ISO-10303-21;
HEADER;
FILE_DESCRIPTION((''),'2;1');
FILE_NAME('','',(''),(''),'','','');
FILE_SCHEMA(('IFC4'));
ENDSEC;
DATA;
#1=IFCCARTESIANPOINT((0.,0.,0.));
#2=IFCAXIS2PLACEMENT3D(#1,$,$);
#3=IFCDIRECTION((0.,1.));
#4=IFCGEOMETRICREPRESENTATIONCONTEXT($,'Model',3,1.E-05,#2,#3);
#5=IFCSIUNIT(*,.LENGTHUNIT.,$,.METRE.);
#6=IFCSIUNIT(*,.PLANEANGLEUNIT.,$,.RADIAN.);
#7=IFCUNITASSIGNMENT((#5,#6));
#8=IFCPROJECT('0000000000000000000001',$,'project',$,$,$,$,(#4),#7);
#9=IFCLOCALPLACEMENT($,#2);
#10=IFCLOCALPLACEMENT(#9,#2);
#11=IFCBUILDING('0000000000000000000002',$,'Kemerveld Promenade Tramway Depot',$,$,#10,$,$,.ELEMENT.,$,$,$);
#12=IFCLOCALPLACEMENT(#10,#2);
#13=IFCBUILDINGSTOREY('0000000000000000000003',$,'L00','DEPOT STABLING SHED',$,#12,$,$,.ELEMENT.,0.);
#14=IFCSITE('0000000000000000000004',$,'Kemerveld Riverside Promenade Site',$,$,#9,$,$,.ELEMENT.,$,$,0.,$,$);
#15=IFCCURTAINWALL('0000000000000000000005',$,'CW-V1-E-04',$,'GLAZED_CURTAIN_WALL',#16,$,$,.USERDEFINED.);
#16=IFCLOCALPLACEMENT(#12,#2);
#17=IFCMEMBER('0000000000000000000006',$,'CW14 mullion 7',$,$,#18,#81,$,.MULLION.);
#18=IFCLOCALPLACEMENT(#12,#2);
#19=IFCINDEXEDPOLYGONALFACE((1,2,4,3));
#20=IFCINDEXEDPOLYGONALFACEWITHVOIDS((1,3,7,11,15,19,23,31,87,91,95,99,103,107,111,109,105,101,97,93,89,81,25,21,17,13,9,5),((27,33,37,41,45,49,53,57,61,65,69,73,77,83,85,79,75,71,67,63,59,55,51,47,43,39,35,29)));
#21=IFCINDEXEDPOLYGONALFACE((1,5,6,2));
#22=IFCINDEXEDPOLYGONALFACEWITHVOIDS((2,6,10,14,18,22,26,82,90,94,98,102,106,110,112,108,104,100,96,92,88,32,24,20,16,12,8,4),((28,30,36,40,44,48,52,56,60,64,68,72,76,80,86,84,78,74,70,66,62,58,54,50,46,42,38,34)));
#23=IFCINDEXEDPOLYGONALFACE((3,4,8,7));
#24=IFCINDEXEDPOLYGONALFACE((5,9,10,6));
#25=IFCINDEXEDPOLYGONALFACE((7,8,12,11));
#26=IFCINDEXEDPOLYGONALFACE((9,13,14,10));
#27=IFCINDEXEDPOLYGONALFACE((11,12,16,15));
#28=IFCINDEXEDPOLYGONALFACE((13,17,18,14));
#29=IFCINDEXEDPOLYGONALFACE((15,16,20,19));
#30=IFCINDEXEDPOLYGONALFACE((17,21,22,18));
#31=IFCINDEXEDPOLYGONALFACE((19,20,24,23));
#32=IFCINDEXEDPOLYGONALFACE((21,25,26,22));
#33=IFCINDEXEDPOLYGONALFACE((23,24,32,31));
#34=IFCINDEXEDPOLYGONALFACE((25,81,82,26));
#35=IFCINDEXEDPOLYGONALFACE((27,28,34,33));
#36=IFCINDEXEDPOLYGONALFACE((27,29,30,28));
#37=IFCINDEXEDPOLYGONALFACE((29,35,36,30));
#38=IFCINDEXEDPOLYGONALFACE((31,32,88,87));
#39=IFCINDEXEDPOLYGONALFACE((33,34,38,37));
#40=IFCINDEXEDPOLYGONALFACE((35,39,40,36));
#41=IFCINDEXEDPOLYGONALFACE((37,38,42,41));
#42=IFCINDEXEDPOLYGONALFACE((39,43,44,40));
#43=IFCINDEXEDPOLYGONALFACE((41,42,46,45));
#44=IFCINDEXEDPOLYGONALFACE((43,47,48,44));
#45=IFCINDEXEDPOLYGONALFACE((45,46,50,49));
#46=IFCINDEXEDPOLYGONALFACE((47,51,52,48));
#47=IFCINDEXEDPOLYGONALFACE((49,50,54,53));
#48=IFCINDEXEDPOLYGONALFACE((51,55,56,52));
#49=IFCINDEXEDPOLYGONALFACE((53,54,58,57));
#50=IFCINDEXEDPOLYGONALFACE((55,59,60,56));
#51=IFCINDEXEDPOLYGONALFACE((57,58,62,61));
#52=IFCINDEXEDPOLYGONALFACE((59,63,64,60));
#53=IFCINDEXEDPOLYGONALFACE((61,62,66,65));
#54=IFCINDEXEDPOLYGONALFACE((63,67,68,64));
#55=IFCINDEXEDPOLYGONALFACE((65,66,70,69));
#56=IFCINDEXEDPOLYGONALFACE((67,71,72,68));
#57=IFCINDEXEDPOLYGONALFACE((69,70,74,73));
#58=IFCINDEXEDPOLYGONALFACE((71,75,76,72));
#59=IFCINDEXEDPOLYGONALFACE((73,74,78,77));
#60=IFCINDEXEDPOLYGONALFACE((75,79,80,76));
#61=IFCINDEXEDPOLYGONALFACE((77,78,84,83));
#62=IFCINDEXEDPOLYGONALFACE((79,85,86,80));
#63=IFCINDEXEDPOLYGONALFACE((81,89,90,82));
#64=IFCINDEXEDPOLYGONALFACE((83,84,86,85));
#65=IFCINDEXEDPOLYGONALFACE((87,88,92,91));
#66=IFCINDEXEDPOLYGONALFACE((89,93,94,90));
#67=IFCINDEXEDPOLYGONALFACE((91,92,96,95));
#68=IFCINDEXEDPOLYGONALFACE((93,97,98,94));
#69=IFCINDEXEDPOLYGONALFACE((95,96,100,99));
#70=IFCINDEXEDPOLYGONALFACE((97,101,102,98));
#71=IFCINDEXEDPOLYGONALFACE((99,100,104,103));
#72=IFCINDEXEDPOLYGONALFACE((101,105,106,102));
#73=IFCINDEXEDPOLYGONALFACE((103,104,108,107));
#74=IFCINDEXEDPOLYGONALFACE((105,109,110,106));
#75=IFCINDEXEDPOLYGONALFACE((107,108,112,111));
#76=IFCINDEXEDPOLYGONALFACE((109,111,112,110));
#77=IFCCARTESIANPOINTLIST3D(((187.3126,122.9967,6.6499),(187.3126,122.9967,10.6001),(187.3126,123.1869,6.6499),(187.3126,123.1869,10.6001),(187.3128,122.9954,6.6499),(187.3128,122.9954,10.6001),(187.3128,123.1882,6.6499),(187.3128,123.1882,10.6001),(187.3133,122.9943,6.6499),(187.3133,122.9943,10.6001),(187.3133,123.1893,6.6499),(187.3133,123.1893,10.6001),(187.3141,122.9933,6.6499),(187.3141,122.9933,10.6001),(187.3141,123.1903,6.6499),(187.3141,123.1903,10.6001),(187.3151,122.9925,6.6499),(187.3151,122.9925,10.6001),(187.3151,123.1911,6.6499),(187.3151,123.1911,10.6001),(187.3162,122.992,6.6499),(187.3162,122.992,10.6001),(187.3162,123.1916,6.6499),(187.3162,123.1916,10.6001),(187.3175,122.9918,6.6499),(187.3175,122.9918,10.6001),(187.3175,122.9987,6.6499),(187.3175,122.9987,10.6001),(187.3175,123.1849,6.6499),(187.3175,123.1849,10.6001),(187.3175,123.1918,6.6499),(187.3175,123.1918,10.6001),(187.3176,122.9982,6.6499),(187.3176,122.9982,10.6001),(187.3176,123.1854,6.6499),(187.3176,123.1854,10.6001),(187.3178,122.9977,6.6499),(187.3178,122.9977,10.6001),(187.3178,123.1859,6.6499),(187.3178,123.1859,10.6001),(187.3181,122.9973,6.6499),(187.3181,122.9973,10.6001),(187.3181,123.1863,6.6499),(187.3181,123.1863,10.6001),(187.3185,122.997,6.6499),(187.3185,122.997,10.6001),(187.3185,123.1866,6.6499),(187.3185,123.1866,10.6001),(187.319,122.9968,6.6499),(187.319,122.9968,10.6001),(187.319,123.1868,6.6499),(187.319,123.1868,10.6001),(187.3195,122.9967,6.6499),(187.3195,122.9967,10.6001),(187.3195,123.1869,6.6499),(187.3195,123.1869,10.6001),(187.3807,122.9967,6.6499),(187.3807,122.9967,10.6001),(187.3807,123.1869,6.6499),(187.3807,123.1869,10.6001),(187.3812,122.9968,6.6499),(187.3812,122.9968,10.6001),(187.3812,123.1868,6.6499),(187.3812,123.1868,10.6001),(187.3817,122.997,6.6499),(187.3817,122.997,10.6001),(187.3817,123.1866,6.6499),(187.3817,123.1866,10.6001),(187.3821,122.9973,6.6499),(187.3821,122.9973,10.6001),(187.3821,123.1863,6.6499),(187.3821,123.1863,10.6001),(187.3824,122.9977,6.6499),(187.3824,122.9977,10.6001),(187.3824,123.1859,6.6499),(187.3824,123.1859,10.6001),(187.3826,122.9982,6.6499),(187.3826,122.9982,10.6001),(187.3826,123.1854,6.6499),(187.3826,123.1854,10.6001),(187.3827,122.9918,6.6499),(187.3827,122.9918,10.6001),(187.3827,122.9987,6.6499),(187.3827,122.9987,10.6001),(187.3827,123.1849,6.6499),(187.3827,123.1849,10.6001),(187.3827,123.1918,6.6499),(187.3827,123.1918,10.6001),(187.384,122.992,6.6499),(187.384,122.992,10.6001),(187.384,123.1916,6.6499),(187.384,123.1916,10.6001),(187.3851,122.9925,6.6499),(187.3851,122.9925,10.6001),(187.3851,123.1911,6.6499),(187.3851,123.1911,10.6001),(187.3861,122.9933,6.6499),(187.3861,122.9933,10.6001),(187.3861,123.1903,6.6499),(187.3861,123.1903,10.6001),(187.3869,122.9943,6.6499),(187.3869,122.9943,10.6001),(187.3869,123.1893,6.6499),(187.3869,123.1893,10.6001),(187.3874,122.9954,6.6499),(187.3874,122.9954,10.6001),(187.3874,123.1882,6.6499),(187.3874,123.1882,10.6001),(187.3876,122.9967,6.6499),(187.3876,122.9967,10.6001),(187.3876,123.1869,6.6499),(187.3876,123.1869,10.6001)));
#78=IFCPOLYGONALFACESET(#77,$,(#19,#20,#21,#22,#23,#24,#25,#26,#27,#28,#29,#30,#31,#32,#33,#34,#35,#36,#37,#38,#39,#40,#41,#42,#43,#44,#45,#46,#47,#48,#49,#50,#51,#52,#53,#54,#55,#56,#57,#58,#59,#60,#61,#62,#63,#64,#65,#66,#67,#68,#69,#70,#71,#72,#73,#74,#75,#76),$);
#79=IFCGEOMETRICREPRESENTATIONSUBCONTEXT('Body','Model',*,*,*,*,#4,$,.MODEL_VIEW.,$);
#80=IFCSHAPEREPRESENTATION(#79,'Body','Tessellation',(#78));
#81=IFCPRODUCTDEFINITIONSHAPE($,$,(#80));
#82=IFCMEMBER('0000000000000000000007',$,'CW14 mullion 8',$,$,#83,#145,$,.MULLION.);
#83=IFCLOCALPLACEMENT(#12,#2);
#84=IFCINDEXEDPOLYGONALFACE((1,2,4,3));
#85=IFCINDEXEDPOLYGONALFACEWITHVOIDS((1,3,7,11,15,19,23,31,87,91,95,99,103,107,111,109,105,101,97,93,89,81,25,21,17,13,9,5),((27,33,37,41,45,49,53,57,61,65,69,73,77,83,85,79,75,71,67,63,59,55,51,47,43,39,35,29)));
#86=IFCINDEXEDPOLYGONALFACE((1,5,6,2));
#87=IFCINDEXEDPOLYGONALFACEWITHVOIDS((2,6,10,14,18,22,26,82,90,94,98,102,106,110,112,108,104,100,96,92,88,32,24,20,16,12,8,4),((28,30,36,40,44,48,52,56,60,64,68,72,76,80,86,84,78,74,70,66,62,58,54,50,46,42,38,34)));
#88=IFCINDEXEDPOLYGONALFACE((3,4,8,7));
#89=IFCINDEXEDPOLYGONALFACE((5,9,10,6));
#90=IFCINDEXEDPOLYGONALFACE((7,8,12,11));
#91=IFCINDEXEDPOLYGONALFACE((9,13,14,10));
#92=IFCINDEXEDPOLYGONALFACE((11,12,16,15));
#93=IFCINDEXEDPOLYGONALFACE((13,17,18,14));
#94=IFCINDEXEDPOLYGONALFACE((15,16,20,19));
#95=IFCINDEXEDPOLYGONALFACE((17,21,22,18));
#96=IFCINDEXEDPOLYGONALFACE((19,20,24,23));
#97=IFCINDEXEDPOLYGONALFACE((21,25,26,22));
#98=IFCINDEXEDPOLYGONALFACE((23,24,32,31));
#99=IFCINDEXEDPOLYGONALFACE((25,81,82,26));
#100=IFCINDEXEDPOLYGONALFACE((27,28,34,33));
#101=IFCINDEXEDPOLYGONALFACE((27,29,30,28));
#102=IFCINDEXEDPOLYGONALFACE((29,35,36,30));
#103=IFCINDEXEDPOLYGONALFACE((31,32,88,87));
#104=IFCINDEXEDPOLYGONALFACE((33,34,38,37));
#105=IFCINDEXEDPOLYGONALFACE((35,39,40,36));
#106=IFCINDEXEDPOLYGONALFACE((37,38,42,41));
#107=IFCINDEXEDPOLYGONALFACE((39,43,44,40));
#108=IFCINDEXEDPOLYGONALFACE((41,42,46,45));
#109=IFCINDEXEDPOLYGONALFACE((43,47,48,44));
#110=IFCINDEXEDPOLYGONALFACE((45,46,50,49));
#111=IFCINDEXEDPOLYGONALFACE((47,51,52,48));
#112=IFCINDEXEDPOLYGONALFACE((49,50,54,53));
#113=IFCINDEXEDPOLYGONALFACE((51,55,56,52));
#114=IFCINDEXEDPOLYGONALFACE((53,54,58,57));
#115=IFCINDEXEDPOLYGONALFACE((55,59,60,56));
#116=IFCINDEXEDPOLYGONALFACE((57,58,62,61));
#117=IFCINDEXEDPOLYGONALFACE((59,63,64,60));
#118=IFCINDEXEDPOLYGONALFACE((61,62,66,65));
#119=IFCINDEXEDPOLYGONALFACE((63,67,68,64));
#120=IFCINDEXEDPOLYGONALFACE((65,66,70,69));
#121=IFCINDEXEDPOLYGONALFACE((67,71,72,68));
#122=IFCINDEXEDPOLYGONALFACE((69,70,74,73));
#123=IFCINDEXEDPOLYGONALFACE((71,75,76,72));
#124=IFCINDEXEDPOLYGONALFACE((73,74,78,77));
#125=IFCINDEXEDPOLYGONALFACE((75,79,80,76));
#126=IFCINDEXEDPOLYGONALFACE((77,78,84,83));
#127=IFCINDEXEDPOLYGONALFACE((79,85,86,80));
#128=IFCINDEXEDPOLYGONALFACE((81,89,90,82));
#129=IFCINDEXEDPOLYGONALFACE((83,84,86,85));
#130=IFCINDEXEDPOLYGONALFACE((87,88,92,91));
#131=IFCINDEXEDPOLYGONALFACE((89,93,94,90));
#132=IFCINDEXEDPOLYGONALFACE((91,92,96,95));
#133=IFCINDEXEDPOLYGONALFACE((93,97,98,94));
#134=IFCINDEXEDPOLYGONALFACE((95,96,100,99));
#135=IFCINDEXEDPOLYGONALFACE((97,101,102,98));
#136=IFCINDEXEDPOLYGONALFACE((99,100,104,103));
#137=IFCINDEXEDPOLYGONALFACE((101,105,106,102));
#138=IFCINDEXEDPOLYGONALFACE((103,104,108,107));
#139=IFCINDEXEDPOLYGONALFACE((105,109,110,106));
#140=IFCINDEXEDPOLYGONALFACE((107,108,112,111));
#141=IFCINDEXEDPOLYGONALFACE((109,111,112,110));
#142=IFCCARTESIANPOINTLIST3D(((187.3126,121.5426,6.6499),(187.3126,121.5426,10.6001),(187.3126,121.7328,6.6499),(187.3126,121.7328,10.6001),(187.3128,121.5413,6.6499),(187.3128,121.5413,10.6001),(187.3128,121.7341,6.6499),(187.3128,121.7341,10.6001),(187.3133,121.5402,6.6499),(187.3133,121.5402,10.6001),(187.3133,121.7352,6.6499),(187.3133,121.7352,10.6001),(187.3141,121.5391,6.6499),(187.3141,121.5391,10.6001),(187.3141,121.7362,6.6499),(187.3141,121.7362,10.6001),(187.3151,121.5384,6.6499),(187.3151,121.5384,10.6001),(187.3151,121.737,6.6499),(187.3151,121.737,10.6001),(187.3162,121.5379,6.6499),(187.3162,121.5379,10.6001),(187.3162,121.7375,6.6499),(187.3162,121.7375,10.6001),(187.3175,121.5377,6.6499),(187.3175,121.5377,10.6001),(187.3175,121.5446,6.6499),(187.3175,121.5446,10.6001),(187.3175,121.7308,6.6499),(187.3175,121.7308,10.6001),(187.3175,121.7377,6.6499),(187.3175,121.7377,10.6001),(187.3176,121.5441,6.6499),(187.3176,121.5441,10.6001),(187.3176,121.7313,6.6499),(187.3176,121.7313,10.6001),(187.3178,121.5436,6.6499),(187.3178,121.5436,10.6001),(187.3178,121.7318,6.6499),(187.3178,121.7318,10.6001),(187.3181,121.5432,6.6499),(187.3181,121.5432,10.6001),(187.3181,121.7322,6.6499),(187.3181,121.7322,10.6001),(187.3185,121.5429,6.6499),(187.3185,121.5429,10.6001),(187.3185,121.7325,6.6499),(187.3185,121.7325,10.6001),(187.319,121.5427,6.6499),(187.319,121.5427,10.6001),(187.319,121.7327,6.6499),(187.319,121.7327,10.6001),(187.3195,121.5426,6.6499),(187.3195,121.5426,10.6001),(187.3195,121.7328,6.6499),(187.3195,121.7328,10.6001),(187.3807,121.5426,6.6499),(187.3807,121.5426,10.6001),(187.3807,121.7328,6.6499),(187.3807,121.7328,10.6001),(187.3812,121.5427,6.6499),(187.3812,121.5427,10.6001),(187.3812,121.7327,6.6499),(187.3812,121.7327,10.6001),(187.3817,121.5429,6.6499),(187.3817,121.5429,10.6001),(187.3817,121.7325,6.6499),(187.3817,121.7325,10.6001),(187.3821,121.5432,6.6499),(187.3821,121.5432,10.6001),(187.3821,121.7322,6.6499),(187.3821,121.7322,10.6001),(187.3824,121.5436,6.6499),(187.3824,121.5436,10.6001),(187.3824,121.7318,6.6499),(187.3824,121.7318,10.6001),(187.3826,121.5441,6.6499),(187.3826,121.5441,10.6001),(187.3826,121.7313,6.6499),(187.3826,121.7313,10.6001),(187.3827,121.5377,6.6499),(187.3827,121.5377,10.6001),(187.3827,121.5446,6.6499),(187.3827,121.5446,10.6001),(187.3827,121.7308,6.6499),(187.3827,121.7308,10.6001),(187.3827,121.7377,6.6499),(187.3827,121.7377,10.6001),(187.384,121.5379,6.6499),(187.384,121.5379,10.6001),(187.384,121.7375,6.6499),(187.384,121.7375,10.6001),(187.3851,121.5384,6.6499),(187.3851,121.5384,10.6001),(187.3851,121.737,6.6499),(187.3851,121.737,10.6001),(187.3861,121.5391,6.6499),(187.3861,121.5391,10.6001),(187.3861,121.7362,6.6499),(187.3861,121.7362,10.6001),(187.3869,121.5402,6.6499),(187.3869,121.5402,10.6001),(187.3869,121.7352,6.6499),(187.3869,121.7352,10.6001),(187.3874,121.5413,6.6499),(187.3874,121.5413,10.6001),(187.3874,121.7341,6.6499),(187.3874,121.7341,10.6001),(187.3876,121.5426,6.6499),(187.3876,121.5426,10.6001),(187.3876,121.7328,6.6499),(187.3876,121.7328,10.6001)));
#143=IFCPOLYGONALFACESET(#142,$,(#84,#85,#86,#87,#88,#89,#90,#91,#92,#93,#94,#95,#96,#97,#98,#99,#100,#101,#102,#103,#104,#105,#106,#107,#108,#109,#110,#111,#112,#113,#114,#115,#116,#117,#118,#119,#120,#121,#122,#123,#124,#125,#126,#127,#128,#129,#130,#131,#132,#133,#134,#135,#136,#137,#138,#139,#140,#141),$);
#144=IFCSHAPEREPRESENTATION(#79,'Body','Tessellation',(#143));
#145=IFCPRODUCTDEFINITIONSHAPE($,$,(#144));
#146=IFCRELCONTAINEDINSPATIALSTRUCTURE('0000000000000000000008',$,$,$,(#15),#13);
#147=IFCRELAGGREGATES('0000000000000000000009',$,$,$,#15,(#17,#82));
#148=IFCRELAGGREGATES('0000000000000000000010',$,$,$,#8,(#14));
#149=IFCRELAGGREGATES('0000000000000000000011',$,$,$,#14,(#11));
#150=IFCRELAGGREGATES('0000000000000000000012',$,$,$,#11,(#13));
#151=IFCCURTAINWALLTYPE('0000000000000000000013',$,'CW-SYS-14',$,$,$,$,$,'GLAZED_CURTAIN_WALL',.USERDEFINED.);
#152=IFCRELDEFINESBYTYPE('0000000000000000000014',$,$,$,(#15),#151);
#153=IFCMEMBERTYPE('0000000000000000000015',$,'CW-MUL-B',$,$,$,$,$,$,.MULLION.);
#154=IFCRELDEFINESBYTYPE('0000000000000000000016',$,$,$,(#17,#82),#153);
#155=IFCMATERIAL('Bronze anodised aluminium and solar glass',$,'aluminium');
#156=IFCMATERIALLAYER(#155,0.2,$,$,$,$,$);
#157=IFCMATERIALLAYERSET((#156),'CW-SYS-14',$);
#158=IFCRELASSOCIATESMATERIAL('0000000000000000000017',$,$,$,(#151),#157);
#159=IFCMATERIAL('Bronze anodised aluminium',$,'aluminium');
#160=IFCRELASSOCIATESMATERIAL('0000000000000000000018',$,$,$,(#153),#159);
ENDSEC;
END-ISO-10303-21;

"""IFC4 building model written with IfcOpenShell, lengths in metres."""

from ifc_helpers import new_model, si_unit, direction, frame, origin, origin_2d, place, context, subcontext, project, spatial, hollow_rectangle, extrude, material, layer, layer_set, material_profile, profile_set, type_object, element, aggregate, save


model = new_model("IFC4")

# Units and contexts
model_context = context("Model", 3, precision=1e-05, world=origin(), true_north=direction((0.0, 1.0)))
body_context = subcontext(model_context, "Body", "Model", "MODEL_VIEW")
ifc_project = project(units=[si_unit("LENGTHUNIT", "METRE"), si_unit("PLANEANGLEUNIT", "RADIAN")], contexts=[model_context])

# Site, building, storey
site_placement = place(None, origin())
site = spatial("IfcSite", under=ifc_project, at=site_placement, Name="Kemerveld Riverside Promenade Site", CompositionType="ELEMENT", RefElevation=0.0)
building_placement = place(site_placement, origin())
building = spatial("IfcBuilding", under=site, at=building_placement, Name="Kemerveld Promenade Tramway Depot", CompositionType="ELEMENT")
storey_placement = place(building_placement, origin())
storey = spatial("IfcBuildingStorey", under=building, at=storey_placement, Name="L00", Description="DEPOT STABLING SHED", CompositionType="ELEMENT", Elevation=0.0)

# Shared definitions
ifc_material_1 = material(Name="Bronze anodised aluminium and solar glass", Category="aluminium")
ifc_material_2 = material(Name="Bronze anodised aluminium", Category="aluminium")

# Curtain wall, members
ifc_layer_1 = layer(ifc_material_1, 0.2)
ifc_layer_set_1 = layer_set([ifc_layer_1], Name="CW-SYS-14")
curtain_wall_type_1 = type_object("IfcCurtainWallType", Name="CW-SYS-14", ElementType="GLAZED_CURTAIN_WALL", PredefinedType="USERDEFINED", material=ifc_layer_set_1)
curtain_wall_1_placement = place(storey_placement, origin())
curtain_wall_1 = element("IfcCurtainWall", 1, at=curtain_wall_1_placement, inside=storey, type_object=curtain_wall_type_1, Name="CW-V1-E-04", ObjectType="GLAZED_CURTAIN_WALL", PredefinedType="USERDEFINED")
ifc_material_profile_1 = material_profile(ifc_material_2, hollow_rectangle(XDim=0.075, YDim=0.2, WallThickness=0.0049, InnerFilletRadius=0.002, OuterFilletRadius=0.0049, at=origin_2d()), Name="CW-MUL-200x75")
ifc_profile_set_1 = profile_set([ifc_material_profile_1], Name="Bronze anodised aluminium")
member_type_1 = type_object("IfcMemberType", Name="CW-MUL-B", PredefinedType="MULLION", material=ifc_profile_set_1)
member_1_placement = place(storey_placement, frame((187.3501, 123.0918, 6.6499), z_axis=(0.0, 0.0, 1.0), x_axis=(1.0, 0.0, 0.0)))
member_1 = element("IfcMember", 2, at=member_1_placement, type_object=member_type_1, Name="CW14 mullion 7", PredefinedType="MULLION", context=body_context, shape_type="SweptSolid", body=[
    extrude(hollow_rectangle(XDim=0.075, YDim=0.2, WallThickness=0.0049, InnerFilletRadius=0.002, OuterFilletRadius=0.0049, at=origin_2d()), origin(), (0.0, 0.0, 1.0), 3.9502),
])
member_2_placement = place(storey_placement, frame((187.3501, 121.6377, 6.6499), z_axis=(0.0, 0.0, 1.0), x_axis=(1.0, 0.0, 0.0)))
member_2 = element("IfcMember", 3, at=member_2_placement, type_object=member_type_1, Name="CW14 mullion 8", PredefinedType="MULLION", context=body_context, shape_type="SweptSolid", body=[
    extrude(hollow_rectangle(XDim=0.075, YDim=0.2, WallThickness=0.0049, InnerFilletRadius=0.002, OuterFilletRadius=0.0049, at=origin_2d()), origin(), (0.0, 0.0, 1.0), 3.9502),
])

aggregate(curtain_wall_1, [member_1, member_2])

save(model, "model.ifc")
